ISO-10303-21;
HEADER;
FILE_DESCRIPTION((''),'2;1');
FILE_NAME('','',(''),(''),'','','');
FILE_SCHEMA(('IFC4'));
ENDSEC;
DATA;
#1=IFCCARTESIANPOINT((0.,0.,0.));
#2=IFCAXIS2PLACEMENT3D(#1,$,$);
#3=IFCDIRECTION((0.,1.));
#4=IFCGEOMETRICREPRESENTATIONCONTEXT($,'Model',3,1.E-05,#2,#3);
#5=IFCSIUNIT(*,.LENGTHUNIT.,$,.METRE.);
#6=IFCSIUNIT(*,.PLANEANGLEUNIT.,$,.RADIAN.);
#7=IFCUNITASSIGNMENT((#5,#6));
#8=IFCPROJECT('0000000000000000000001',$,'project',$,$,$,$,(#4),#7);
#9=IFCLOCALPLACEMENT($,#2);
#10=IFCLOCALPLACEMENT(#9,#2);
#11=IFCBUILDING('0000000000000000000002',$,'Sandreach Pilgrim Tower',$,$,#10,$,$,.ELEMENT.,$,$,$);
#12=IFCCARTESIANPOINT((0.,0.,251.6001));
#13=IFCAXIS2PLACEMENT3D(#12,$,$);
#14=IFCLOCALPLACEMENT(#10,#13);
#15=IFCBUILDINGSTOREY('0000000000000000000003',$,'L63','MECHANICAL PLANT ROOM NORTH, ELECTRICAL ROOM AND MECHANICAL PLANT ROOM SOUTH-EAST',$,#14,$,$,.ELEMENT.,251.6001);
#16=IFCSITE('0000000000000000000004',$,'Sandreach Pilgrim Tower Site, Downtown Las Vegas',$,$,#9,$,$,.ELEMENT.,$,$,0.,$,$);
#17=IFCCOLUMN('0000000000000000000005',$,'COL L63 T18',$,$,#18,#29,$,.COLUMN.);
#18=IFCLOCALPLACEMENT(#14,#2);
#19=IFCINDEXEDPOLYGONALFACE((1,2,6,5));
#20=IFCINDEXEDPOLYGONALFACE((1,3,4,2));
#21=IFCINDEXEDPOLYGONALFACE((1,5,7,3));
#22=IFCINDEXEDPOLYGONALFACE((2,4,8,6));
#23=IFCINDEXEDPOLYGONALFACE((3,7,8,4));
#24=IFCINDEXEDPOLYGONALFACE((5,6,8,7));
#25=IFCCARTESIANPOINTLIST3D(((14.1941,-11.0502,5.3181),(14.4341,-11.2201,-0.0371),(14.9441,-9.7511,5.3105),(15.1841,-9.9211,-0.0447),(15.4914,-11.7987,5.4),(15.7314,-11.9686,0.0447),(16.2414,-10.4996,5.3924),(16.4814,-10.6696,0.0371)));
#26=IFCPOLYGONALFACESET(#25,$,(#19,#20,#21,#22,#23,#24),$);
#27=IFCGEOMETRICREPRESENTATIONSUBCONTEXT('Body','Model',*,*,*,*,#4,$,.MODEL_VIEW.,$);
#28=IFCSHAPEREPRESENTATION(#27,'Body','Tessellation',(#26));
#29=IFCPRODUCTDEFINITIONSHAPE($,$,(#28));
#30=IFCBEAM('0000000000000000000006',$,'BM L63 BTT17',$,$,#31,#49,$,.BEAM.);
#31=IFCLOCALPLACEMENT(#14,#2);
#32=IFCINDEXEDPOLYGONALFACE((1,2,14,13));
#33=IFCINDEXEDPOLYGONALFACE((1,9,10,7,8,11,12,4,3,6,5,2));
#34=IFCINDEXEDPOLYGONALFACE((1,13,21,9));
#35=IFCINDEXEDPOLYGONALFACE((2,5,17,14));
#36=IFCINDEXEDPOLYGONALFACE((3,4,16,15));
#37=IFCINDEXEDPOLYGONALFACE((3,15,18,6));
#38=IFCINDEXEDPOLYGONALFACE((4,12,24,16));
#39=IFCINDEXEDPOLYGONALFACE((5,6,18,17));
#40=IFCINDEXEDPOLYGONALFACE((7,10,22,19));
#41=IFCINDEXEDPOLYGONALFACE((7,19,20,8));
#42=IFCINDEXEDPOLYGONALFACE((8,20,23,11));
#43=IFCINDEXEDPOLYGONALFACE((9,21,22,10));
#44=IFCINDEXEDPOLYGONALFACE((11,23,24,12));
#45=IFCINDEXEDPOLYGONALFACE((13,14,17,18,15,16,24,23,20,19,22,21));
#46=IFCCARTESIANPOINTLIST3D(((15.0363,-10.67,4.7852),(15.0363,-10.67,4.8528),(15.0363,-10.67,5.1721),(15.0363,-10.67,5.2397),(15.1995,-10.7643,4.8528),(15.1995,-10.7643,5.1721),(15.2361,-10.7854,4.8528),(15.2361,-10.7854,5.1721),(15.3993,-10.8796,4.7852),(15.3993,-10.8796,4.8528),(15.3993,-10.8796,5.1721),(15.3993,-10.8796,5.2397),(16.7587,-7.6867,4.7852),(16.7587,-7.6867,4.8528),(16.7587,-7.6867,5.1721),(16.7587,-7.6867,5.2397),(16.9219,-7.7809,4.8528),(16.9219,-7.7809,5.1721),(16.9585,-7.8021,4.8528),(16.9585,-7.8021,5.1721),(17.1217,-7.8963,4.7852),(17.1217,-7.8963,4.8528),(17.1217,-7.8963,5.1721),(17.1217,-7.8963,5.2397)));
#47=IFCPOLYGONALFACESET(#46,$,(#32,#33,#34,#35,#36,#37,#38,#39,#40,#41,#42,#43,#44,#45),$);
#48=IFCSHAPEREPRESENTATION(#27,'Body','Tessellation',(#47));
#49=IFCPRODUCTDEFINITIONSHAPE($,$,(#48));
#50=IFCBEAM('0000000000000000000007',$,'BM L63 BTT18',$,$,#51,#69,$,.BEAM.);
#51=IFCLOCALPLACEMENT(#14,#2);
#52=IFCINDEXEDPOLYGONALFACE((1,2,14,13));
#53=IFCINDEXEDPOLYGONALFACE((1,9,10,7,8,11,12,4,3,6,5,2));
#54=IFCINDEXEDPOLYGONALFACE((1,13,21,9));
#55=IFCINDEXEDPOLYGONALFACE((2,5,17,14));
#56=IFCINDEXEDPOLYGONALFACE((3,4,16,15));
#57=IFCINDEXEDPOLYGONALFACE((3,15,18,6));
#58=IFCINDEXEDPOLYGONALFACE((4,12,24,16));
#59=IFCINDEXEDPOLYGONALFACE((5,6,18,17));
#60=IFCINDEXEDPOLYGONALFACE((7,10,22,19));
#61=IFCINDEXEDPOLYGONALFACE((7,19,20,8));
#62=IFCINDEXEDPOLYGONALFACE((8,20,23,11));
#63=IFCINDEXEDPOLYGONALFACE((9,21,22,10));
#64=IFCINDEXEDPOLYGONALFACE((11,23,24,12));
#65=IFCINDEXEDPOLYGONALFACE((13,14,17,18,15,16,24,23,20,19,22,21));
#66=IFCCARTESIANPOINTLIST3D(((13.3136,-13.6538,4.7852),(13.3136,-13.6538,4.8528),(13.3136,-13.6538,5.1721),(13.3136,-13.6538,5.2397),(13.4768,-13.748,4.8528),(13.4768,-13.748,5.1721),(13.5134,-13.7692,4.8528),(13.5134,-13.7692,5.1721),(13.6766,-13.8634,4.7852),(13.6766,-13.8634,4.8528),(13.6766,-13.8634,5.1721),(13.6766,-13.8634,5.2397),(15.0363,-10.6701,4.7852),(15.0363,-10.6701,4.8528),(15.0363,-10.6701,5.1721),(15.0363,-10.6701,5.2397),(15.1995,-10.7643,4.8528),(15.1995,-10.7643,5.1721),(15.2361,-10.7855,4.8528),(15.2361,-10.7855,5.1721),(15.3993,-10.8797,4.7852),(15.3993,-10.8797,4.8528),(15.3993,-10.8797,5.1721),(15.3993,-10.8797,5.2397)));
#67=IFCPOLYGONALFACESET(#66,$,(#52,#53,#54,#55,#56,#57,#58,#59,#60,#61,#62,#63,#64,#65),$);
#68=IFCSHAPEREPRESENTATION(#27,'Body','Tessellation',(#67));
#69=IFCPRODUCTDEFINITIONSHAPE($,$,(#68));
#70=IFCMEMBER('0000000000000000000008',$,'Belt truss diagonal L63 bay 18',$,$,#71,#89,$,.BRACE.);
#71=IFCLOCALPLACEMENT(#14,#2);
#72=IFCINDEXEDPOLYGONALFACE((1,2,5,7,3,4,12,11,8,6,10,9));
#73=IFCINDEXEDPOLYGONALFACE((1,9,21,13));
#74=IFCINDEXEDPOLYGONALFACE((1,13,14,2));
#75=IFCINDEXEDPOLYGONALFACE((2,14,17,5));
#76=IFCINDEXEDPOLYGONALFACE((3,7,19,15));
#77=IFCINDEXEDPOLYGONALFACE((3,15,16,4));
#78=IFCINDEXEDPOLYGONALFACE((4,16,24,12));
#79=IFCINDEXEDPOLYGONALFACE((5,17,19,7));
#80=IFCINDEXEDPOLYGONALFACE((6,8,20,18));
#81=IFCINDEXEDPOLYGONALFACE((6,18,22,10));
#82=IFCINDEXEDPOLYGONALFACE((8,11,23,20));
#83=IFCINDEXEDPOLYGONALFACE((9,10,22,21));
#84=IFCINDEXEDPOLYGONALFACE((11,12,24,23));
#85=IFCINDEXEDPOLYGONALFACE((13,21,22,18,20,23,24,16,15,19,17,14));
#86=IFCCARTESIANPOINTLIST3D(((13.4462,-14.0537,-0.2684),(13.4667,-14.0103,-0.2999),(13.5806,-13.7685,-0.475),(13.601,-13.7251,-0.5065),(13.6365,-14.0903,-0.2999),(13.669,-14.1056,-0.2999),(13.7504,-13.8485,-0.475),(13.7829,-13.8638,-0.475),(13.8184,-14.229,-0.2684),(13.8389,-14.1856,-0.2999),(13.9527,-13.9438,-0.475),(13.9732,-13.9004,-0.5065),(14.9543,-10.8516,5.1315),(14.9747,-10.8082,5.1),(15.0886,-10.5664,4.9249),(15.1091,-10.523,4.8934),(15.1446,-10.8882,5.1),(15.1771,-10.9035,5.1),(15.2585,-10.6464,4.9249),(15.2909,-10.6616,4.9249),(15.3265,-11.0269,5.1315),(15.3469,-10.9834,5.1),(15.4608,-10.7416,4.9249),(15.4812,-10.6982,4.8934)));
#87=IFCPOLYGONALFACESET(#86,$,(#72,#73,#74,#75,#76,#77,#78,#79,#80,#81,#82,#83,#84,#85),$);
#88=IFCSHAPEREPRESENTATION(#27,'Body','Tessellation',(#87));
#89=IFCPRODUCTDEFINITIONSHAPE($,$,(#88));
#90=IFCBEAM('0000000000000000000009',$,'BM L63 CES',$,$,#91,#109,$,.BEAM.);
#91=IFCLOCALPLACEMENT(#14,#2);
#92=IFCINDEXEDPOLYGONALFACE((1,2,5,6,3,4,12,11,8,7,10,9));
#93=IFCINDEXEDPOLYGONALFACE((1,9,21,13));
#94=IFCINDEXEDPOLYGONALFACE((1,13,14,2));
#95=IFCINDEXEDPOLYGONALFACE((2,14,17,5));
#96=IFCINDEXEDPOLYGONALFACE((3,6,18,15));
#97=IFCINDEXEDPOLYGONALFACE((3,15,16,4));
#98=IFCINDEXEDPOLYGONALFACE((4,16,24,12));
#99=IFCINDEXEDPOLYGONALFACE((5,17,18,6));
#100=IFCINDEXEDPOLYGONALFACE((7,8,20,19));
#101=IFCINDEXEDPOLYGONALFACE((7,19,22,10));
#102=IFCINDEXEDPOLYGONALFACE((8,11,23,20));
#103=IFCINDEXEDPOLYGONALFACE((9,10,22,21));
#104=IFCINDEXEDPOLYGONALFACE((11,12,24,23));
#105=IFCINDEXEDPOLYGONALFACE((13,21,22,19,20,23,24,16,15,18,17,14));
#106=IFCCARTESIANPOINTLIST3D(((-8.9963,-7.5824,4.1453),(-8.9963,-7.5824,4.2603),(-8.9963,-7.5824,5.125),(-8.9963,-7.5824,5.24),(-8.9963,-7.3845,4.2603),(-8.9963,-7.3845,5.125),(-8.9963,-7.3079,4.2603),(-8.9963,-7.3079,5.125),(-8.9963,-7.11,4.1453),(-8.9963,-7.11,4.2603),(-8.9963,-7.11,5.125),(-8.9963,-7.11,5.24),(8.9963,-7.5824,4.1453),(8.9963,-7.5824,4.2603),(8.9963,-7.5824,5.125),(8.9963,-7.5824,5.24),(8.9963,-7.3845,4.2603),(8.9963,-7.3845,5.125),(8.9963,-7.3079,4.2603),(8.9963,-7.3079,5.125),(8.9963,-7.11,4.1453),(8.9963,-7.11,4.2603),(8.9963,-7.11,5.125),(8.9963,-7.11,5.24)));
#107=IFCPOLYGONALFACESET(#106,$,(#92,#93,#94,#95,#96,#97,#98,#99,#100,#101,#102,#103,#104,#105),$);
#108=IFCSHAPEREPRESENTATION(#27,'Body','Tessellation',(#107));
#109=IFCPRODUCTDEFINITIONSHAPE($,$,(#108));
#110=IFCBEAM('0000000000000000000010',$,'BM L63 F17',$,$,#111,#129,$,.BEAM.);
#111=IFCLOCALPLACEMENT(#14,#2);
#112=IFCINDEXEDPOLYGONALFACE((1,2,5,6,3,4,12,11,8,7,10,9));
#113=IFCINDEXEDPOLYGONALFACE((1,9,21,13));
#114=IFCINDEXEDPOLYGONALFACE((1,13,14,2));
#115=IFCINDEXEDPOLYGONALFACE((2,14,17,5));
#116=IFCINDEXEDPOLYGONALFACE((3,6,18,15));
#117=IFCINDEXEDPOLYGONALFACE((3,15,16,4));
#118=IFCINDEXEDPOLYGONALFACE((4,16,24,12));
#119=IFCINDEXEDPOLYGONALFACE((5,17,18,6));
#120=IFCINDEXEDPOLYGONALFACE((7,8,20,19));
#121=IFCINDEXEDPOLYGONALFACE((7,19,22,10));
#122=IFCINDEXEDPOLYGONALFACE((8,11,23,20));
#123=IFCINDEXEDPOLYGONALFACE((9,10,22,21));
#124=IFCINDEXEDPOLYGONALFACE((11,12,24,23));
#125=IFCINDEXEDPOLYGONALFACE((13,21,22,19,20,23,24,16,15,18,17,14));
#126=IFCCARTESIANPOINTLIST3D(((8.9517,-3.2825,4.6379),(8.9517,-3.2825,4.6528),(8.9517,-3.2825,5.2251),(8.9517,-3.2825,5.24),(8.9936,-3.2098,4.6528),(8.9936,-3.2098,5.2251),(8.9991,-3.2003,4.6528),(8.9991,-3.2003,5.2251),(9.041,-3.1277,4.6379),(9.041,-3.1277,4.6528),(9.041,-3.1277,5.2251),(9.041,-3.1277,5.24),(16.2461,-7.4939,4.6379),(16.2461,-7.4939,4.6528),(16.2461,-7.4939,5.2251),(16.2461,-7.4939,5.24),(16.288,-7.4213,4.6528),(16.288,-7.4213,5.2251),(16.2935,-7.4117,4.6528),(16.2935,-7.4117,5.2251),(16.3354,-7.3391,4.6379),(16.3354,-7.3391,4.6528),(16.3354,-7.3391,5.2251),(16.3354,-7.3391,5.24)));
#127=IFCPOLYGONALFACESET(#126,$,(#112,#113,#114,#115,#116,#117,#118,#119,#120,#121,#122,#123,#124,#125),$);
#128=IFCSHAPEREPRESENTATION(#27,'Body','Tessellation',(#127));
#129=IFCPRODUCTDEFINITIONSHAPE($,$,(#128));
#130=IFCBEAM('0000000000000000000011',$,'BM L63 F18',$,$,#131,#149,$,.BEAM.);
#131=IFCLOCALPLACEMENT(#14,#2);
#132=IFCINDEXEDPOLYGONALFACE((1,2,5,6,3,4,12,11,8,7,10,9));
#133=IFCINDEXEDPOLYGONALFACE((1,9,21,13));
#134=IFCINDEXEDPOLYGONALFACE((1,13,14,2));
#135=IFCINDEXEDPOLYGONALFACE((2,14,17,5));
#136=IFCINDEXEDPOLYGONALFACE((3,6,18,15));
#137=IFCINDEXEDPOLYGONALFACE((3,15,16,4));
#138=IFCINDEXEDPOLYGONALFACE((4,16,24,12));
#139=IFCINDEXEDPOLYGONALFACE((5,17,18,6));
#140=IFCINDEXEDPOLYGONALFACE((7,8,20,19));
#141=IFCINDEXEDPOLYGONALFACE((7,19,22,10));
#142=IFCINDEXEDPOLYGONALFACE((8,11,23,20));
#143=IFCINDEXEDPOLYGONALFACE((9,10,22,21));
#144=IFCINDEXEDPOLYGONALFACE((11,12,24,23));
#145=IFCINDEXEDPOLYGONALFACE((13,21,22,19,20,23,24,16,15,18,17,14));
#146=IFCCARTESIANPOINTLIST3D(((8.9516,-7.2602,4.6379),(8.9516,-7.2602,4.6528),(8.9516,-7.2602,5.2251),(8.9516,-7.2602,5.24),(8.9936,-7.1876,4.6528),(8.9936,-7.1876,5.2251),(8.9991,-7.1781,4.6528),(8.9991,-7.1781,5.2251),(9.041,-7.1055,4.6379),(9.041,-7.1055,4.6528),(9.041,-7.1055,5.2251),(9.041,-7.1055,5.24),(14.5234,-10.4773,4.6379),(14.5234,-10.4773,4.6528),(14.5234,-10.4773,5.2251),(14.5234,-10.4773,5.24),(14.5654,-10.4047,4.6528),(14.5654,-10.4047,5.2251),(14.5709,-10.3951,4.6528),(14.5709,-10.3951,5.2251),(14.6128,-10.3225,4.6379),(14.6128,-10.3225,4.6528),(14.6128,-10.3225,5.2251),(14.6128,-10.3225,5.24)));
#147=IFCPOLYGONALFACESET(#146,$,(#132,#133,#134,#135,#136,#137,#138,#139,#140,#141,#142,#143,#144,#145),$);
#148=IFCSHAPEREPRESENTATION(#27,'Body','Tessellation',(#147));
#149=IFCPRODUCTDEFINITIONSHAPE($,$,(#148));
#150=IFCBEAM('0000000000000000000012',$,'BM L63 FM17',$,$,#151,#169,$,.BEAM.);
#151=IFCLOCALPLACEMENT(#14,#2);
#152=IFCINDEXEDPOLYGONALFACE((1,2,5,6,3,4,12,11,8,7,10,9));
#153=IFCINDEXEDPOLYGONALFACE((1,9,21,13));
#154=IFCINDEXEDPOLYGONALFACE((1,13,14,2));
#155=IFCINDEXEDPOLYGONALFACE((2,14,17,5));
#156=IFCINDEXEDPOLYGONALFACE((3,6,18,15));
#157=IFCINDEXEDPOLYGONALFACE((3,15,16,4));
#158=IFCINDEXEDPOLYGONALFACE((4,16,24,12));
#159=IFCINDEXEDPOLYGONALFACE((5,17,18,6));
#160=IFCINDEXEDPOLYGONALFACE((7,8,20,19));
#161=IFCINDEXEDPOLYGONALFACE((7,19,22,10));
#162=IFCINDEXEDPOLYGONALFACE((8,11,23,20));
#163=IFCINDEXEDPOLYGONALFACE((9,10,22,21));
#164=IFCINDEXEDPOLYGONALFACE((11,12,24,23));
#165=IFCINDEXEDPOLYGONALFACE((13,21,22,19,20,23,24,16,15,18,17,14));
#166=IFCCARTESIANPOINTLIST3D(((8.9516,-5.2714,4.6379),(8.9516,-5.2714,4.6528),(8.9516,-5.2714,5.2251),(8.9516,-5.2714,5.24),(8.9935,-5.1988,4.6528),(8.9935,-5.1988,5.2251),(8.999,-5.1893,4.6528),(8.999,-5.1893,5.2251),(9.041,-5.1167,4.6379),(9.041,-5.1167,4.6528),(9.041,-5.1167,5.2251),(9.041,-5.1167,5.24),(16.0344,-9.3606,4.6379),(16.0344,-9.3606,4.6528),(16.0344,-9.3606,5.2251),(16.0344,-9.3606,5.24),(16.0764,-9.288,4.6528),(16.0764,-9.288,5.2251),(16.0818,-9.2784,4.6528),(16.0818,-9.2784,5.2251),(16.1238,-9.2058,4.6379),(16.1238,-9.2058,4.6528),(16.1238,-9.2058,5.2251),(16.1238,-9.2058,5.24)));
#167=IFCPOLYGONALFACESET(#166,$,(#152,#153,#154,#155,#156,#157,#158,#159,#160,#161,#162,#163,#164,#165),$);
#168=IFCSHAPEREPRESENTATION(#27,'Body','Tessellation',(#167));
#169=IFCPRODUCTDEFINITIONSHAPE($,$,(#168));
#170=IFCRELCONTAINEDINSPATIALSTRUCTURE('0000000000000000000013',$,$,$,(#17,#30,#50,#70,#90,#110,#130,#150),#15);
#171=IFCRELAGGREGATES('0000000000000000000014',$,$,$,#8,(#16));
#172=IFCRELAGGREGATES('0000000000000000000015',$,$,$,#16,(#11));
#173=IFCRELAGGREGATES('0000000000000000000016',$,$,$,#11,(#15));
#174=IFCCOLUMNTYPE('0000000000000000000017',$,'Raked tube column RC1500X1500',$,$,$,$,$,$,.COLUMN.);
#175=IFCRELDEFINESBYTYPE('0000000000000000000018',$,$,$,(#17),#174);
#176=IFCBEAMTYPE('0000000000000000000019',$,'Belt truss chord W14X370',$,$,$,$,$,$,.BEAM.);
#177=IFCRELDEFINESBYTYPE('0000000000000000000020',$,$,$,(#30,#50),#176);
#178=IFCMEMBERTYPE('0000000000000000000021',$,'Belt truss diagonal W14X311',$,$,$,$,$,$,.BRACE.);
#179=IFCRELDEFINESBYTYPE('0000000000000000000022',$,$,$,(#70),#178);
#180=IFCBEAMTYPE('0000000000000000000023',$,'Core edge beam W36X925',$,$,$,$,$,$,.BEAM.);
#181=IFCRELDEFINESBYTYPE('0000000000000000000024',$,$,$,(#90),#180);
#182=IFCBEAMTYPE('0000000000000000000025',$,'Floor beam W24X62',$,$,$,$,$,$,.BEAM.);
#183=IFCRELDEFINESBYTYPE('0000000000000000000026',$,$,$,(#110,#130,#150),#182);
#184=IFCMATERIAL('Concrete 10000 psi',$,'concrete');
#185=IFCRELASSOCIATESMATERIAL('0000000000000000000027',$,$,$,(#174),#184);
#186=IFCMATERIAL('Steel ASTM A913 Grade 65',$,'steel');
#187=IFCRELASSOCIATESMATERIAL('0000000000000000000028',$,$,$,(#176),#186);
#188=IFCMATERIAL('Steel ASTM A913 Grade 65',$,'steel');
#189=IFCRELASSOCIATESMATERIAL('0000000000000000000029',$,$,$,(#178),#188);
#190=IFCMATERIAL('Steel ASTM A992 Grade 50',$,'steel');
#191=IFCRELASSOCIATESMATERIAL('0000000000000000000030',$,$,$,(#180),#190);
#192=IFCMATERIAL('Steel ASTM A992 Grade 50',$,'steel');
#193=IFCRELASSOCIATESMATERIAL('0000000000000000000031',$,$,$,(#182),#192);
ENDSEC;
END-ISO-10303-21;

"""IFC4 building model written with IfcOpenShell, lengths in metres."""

from ifc_helpers import new_model, si_unit, direction, frame, origin, origin_2d, place, context, subcontext, project, spatial, rectangle, i_section, extrude, material, material_profile, profile_set, type_object, element, save


model = new_model("IFC4")

# Units and contexts
model_context = context("Model", 3, precision=1e-05, world=origin(), true_north=direction((0.0, 1.0)))
body_context = subcontext(model_context, "Body", "Model", "MODEL_VIEW")
ifc_project = project(units=[si_unit("LENGTHUNIT", "METRE"), si_unit("PLANEANGLEUNIT", "RADIAN")], contexts=[model_context])

# Site, building, storey
site_placement = place(None, origin())
site = spatial("IfcSite", under=ifc_project, at=site_placement, Name="Sandreach Pilgrim Tower Site, Downtown Las Vegas", CompositionType="ELEMENT", RefElevation=0.0)
building_placement = place(site_placement, origin())
building = spatial("IfcBuilding", under=site, at=building_placement, Name="Sandreach Pilgrim Tower", CompositionType="ELEMENT")
storey_placement = place(building_placement, frame((0.0, 0.0, 251.6001)))
storey = spatial("IfcBuildingStorey", under=building, at=storey_placement, Name="L63", Description="MECHANICAL PLANT ROOM NORTH, ELECTRICAL ROOM AND MECHANICAL PLANT ROOM SOUTH-EAST", CompositionType="ELEMENT", Elevation=251.6001)

# Column
ifc_material_1 = material(Name="Concrete 10000 psi", Category="concrete")
ifc_material_profile_1 = material_profile(ifc_material_1, rectangle(XDim=1.5, YDim=1.5, at=origin_2d()), Name="RC1500X1500")
ifc_profile_set_1 = profile_set([ifc_material_profile_1], Name="Concrete 10000 psi")
column_type = type_object("IfcColumnType", Name="Raked tube column RC1500X1500", PredefinedType="COLUMN", material=ifc_profile_set_1)
column_placement = place(storey_placement, frame((15.4578, -10.9448, 0.0), z_axis=(-0.044747, 0.031682, 0.998496), x_axis=(0.864877, -0.499006, 0.054592)))
element("IfcColumn", 1, at=column_placement, inside=storey, type_object=column_type, Name="COL L63 T18", PredefinedType="COLUMN", context=body_context, shape_type="SweptSolid", body=[
    extrude(rectangle(XDim=1.5, YDim=1.5, at=origin_2d()), origin(), (0.0, 0.0, 1.0), 5.3633),
])

# Beams
ifc_material_2 = material(Name="Steel ASTM A913 Grade 65", Category="steel")
ifc_material_profile_2 = material_profile(ifc_material_2, i_section(OverallWidth=0.4192, OverallDepth=0.4546, WebThickness=0.0422, FlangeThickness=0.0676, at=origin_2d()), Name="W14X370")
ifc_profile_set_2 = profile_set([ifc_material_profile_2], Name="Steel ASTM A913 Grade 65")
beam_type_1 = type_object("IfcBeamType", Name="Belt truss chord W14X370", PredefinedType="BEAM", material=ifc_profile_set_2)
beam_1_placement = place(storey_placement, frame((16.9402, -7.7915, 5.0125), z_axis=(-0.499988, -0.866032, 0.0), x_axis=(0.866032, -0.499988, 0.0)))
element("IfcBeam", 2, at=beam_1_placement, inside=storey, type_object=beam_type_1, Name="BM L63 BTT17", PredefinedType="BEAM", context=body_context, shape_type="SweptSolid", body=[
    extrude(i_section(OverallWidth=0.4192, OverallDepth=0.4546, WebThickness=0.0422, FlangeThickness=0.0676, at=origin_2d()), origin(), (0.0, 0.0, 1.0), 3.4448),
])
beam_2_placement = place(storey_placement, frame((15.2178, -10.7749, 5.0125), z_axis=(-0.500011, -0.866019, 0.0), x_axis=(0.866019, -0.500011, 0.0)))
element("IfcBeam", 3, at=beam_2_placement, inside=storey, type_object=beam_type_1, Name="BM L63 BTT18", PredefinedType="BEAM", context=body_context, shape_type="SweptSolid", body=[
    extrude(i_section(OverallWidth=0.4192, OverallDepth=0.4546, WebThickness=0.0422, FlangeThickness=0.0676, at=origin_2d()), origin(), (0.0, 0.0, 1.0), 3.4453),
])

# Member
ifc_material_3 = material(Name="Steel ASTM A913 Grade 65", Category="steel")
ifc_material_profile_3 = material_profile(ifc_material_3, i_section(OverallWidth=0.4114, OverallDepth=0.4343, WebThickness=0.0359, FlangeThickness=0.0574, at=origin_2d()), Name="W14X311")
ifc_profile_set_3 = profile_set([ifc_material_profile_3], Name="Steel ASTM A913 Grade 65")
member_type = type_object("IfcMemberType", Name="Belt truss diagonal W14X311", PredefinedType="BRACE", material=ifc_profile_set_3)
member_placement = place(storey_placement, frame((15.2178, -10.7749, 5.0125), z_axis=(-0.23357, -0.495954, -0.836346), x_axis=(0.904692, -0.426066, 0.0)))
element("IfcMember", 4, at=member_placement, inside=storey, type_object=member_type, Name="Belt truss diagonal L63 bay 18", PredefinedType="BRACE", context=body_context, shape_type="SweptSolid", body=[
    extrude(i_section(OverallWidth=0.4114, OverallDepth=0.4343, WebThickness=0.0359, FlangeThickness=0.0574, at=origin_2d()), origin(), (0.0, 0.0, 1.0), 6.4565),
])

# Beams
ifc_material_4 = material(Name="Steel ASTM A992 Grade 50", Category="steel")
ifc_material_profile_4 = material_profile(ifc_material_4, i_section(OverallWidth=0.4724, OverallDepth=1.0947, WebThickness=0.0767, FlangeThickness=0.115, at=origin_2d()), Name="W36X925")
ifc_profile_set_4 = profile_set([ifc_material_profile_4], Name="Steel ASTM A992 Grade 50")
beam_type_2 = type_object("IfcBeamType", Name="Core edge beam W36X925", PredefinedType="BEAM", material=ifc_profile_set_4)
beam_3_placement = place(storey_placement, frame((8.9963, -7.3462, 4.6926), z_axis=(-1.0, 0.0, 0.0), x_axis=(0.0, -1.0, 0.0)))
element("IfcBeam", 5, at=beam_3_placement, inside=storey, type_object=beam_type_2, Name="BM L63 CES", PredefinedType="BEAM", context=body_context, shape_type="SweptSolid", body=[
    extrude(i_section(OverallWidth=0.4724, OverallDepth=1.0947, WebThickness=0.0767, FlangeThickness=0.115, at=origin_2d()), origin(), (0.0, 0.0, 1.0), 17.9927),
])
ifc_material_5 = material(Name="Steel ASTM A992 Grade 50", Category="steel")
ifc_material_profile_5 = material_profile(ifc_material_5, i_section(OverallWidth=0.1787, OverallDepth=0.6021, WebThickness=0.011, FlangeThickness=0.0149, at=origin_2d()), Name="W24X62")
ifc_profile_set_5 = profile_set([ifc_material_profile_5], Name="Steel ASTM A992 Grade 50")
beam_type_3 = type_object("IfcBeamType", Name="Floor beam W24X62", PredefinedType="BEAM", material=ifc_profile_set_5)
beam_4_placement = place(storey_placement, frame((16.2908, -7.4165, 4.939), z_axis=(-0.866026, 0.499998, 0.0), x_axis=(-0.499998, -0.866026, 0.0)))
element("IfcBeam", 6, at=beam_4_placement, inside=storey, type_object=beam_type_3, Name="BM L63 F17", PredefinedType="BEAM", context=body_context, shape_type="SweptSolid", body=[
    extrude(i_section(OverallWidth=0.1787, OverallDepth=0.6021, WebThickness=0.011, FlangeThickness=0.0149, at=origin_2d()), origin(), (0.0, 0.0, 1.0), 8.4229),
])
beam_5_placement = place(storey_placement, frame((14.5681, -10.3999, 4.939), z_axis=(-0.866014, 0.50002, 0.0), x_axis=(-0.50002, -0.866014, 0.0)))
element("IfcBeam", 7, at=beam_5_placement, inside=storey, type_object=beam_type_3, Name="BM L63 F18", PredefinedType="BEAM", context=body_context, shape_type="SweptSolid", body=[
    extrude(i_section(OverallWidth=0.1787, OverallDepth=0.6021, WebThickness=0.011, FlangeThickness=0.0149, at=origin_2d()), origin(), (0.0, 0.0, 1.0), 6.4338),
])
beam_6_placement = place(storey_placement, frame((16.0791, -9.2832, 4.939), z_axis=(-0.866032, 0.499989, 0.0), x_axis=(-0.499989, -0.866032, 0.0)))
element("IfcBeam", 8, at=beam_6_placement, inside=storey, type_object=beam_type_3, Name="BM L63 FM17", PredefinedType="BEAM", context=body_context, shape_type="SweptSolid", body=[
    extrude(i_section(OverallWidth=0.1787, OverallDepth=0.6021, WebThickness=0.011, FlangeThickness=0.0149, at=origin_2d()), origin(), (0.0, 0.0, 1.0), 8.1785),
])

save(model, "model.ifc")
